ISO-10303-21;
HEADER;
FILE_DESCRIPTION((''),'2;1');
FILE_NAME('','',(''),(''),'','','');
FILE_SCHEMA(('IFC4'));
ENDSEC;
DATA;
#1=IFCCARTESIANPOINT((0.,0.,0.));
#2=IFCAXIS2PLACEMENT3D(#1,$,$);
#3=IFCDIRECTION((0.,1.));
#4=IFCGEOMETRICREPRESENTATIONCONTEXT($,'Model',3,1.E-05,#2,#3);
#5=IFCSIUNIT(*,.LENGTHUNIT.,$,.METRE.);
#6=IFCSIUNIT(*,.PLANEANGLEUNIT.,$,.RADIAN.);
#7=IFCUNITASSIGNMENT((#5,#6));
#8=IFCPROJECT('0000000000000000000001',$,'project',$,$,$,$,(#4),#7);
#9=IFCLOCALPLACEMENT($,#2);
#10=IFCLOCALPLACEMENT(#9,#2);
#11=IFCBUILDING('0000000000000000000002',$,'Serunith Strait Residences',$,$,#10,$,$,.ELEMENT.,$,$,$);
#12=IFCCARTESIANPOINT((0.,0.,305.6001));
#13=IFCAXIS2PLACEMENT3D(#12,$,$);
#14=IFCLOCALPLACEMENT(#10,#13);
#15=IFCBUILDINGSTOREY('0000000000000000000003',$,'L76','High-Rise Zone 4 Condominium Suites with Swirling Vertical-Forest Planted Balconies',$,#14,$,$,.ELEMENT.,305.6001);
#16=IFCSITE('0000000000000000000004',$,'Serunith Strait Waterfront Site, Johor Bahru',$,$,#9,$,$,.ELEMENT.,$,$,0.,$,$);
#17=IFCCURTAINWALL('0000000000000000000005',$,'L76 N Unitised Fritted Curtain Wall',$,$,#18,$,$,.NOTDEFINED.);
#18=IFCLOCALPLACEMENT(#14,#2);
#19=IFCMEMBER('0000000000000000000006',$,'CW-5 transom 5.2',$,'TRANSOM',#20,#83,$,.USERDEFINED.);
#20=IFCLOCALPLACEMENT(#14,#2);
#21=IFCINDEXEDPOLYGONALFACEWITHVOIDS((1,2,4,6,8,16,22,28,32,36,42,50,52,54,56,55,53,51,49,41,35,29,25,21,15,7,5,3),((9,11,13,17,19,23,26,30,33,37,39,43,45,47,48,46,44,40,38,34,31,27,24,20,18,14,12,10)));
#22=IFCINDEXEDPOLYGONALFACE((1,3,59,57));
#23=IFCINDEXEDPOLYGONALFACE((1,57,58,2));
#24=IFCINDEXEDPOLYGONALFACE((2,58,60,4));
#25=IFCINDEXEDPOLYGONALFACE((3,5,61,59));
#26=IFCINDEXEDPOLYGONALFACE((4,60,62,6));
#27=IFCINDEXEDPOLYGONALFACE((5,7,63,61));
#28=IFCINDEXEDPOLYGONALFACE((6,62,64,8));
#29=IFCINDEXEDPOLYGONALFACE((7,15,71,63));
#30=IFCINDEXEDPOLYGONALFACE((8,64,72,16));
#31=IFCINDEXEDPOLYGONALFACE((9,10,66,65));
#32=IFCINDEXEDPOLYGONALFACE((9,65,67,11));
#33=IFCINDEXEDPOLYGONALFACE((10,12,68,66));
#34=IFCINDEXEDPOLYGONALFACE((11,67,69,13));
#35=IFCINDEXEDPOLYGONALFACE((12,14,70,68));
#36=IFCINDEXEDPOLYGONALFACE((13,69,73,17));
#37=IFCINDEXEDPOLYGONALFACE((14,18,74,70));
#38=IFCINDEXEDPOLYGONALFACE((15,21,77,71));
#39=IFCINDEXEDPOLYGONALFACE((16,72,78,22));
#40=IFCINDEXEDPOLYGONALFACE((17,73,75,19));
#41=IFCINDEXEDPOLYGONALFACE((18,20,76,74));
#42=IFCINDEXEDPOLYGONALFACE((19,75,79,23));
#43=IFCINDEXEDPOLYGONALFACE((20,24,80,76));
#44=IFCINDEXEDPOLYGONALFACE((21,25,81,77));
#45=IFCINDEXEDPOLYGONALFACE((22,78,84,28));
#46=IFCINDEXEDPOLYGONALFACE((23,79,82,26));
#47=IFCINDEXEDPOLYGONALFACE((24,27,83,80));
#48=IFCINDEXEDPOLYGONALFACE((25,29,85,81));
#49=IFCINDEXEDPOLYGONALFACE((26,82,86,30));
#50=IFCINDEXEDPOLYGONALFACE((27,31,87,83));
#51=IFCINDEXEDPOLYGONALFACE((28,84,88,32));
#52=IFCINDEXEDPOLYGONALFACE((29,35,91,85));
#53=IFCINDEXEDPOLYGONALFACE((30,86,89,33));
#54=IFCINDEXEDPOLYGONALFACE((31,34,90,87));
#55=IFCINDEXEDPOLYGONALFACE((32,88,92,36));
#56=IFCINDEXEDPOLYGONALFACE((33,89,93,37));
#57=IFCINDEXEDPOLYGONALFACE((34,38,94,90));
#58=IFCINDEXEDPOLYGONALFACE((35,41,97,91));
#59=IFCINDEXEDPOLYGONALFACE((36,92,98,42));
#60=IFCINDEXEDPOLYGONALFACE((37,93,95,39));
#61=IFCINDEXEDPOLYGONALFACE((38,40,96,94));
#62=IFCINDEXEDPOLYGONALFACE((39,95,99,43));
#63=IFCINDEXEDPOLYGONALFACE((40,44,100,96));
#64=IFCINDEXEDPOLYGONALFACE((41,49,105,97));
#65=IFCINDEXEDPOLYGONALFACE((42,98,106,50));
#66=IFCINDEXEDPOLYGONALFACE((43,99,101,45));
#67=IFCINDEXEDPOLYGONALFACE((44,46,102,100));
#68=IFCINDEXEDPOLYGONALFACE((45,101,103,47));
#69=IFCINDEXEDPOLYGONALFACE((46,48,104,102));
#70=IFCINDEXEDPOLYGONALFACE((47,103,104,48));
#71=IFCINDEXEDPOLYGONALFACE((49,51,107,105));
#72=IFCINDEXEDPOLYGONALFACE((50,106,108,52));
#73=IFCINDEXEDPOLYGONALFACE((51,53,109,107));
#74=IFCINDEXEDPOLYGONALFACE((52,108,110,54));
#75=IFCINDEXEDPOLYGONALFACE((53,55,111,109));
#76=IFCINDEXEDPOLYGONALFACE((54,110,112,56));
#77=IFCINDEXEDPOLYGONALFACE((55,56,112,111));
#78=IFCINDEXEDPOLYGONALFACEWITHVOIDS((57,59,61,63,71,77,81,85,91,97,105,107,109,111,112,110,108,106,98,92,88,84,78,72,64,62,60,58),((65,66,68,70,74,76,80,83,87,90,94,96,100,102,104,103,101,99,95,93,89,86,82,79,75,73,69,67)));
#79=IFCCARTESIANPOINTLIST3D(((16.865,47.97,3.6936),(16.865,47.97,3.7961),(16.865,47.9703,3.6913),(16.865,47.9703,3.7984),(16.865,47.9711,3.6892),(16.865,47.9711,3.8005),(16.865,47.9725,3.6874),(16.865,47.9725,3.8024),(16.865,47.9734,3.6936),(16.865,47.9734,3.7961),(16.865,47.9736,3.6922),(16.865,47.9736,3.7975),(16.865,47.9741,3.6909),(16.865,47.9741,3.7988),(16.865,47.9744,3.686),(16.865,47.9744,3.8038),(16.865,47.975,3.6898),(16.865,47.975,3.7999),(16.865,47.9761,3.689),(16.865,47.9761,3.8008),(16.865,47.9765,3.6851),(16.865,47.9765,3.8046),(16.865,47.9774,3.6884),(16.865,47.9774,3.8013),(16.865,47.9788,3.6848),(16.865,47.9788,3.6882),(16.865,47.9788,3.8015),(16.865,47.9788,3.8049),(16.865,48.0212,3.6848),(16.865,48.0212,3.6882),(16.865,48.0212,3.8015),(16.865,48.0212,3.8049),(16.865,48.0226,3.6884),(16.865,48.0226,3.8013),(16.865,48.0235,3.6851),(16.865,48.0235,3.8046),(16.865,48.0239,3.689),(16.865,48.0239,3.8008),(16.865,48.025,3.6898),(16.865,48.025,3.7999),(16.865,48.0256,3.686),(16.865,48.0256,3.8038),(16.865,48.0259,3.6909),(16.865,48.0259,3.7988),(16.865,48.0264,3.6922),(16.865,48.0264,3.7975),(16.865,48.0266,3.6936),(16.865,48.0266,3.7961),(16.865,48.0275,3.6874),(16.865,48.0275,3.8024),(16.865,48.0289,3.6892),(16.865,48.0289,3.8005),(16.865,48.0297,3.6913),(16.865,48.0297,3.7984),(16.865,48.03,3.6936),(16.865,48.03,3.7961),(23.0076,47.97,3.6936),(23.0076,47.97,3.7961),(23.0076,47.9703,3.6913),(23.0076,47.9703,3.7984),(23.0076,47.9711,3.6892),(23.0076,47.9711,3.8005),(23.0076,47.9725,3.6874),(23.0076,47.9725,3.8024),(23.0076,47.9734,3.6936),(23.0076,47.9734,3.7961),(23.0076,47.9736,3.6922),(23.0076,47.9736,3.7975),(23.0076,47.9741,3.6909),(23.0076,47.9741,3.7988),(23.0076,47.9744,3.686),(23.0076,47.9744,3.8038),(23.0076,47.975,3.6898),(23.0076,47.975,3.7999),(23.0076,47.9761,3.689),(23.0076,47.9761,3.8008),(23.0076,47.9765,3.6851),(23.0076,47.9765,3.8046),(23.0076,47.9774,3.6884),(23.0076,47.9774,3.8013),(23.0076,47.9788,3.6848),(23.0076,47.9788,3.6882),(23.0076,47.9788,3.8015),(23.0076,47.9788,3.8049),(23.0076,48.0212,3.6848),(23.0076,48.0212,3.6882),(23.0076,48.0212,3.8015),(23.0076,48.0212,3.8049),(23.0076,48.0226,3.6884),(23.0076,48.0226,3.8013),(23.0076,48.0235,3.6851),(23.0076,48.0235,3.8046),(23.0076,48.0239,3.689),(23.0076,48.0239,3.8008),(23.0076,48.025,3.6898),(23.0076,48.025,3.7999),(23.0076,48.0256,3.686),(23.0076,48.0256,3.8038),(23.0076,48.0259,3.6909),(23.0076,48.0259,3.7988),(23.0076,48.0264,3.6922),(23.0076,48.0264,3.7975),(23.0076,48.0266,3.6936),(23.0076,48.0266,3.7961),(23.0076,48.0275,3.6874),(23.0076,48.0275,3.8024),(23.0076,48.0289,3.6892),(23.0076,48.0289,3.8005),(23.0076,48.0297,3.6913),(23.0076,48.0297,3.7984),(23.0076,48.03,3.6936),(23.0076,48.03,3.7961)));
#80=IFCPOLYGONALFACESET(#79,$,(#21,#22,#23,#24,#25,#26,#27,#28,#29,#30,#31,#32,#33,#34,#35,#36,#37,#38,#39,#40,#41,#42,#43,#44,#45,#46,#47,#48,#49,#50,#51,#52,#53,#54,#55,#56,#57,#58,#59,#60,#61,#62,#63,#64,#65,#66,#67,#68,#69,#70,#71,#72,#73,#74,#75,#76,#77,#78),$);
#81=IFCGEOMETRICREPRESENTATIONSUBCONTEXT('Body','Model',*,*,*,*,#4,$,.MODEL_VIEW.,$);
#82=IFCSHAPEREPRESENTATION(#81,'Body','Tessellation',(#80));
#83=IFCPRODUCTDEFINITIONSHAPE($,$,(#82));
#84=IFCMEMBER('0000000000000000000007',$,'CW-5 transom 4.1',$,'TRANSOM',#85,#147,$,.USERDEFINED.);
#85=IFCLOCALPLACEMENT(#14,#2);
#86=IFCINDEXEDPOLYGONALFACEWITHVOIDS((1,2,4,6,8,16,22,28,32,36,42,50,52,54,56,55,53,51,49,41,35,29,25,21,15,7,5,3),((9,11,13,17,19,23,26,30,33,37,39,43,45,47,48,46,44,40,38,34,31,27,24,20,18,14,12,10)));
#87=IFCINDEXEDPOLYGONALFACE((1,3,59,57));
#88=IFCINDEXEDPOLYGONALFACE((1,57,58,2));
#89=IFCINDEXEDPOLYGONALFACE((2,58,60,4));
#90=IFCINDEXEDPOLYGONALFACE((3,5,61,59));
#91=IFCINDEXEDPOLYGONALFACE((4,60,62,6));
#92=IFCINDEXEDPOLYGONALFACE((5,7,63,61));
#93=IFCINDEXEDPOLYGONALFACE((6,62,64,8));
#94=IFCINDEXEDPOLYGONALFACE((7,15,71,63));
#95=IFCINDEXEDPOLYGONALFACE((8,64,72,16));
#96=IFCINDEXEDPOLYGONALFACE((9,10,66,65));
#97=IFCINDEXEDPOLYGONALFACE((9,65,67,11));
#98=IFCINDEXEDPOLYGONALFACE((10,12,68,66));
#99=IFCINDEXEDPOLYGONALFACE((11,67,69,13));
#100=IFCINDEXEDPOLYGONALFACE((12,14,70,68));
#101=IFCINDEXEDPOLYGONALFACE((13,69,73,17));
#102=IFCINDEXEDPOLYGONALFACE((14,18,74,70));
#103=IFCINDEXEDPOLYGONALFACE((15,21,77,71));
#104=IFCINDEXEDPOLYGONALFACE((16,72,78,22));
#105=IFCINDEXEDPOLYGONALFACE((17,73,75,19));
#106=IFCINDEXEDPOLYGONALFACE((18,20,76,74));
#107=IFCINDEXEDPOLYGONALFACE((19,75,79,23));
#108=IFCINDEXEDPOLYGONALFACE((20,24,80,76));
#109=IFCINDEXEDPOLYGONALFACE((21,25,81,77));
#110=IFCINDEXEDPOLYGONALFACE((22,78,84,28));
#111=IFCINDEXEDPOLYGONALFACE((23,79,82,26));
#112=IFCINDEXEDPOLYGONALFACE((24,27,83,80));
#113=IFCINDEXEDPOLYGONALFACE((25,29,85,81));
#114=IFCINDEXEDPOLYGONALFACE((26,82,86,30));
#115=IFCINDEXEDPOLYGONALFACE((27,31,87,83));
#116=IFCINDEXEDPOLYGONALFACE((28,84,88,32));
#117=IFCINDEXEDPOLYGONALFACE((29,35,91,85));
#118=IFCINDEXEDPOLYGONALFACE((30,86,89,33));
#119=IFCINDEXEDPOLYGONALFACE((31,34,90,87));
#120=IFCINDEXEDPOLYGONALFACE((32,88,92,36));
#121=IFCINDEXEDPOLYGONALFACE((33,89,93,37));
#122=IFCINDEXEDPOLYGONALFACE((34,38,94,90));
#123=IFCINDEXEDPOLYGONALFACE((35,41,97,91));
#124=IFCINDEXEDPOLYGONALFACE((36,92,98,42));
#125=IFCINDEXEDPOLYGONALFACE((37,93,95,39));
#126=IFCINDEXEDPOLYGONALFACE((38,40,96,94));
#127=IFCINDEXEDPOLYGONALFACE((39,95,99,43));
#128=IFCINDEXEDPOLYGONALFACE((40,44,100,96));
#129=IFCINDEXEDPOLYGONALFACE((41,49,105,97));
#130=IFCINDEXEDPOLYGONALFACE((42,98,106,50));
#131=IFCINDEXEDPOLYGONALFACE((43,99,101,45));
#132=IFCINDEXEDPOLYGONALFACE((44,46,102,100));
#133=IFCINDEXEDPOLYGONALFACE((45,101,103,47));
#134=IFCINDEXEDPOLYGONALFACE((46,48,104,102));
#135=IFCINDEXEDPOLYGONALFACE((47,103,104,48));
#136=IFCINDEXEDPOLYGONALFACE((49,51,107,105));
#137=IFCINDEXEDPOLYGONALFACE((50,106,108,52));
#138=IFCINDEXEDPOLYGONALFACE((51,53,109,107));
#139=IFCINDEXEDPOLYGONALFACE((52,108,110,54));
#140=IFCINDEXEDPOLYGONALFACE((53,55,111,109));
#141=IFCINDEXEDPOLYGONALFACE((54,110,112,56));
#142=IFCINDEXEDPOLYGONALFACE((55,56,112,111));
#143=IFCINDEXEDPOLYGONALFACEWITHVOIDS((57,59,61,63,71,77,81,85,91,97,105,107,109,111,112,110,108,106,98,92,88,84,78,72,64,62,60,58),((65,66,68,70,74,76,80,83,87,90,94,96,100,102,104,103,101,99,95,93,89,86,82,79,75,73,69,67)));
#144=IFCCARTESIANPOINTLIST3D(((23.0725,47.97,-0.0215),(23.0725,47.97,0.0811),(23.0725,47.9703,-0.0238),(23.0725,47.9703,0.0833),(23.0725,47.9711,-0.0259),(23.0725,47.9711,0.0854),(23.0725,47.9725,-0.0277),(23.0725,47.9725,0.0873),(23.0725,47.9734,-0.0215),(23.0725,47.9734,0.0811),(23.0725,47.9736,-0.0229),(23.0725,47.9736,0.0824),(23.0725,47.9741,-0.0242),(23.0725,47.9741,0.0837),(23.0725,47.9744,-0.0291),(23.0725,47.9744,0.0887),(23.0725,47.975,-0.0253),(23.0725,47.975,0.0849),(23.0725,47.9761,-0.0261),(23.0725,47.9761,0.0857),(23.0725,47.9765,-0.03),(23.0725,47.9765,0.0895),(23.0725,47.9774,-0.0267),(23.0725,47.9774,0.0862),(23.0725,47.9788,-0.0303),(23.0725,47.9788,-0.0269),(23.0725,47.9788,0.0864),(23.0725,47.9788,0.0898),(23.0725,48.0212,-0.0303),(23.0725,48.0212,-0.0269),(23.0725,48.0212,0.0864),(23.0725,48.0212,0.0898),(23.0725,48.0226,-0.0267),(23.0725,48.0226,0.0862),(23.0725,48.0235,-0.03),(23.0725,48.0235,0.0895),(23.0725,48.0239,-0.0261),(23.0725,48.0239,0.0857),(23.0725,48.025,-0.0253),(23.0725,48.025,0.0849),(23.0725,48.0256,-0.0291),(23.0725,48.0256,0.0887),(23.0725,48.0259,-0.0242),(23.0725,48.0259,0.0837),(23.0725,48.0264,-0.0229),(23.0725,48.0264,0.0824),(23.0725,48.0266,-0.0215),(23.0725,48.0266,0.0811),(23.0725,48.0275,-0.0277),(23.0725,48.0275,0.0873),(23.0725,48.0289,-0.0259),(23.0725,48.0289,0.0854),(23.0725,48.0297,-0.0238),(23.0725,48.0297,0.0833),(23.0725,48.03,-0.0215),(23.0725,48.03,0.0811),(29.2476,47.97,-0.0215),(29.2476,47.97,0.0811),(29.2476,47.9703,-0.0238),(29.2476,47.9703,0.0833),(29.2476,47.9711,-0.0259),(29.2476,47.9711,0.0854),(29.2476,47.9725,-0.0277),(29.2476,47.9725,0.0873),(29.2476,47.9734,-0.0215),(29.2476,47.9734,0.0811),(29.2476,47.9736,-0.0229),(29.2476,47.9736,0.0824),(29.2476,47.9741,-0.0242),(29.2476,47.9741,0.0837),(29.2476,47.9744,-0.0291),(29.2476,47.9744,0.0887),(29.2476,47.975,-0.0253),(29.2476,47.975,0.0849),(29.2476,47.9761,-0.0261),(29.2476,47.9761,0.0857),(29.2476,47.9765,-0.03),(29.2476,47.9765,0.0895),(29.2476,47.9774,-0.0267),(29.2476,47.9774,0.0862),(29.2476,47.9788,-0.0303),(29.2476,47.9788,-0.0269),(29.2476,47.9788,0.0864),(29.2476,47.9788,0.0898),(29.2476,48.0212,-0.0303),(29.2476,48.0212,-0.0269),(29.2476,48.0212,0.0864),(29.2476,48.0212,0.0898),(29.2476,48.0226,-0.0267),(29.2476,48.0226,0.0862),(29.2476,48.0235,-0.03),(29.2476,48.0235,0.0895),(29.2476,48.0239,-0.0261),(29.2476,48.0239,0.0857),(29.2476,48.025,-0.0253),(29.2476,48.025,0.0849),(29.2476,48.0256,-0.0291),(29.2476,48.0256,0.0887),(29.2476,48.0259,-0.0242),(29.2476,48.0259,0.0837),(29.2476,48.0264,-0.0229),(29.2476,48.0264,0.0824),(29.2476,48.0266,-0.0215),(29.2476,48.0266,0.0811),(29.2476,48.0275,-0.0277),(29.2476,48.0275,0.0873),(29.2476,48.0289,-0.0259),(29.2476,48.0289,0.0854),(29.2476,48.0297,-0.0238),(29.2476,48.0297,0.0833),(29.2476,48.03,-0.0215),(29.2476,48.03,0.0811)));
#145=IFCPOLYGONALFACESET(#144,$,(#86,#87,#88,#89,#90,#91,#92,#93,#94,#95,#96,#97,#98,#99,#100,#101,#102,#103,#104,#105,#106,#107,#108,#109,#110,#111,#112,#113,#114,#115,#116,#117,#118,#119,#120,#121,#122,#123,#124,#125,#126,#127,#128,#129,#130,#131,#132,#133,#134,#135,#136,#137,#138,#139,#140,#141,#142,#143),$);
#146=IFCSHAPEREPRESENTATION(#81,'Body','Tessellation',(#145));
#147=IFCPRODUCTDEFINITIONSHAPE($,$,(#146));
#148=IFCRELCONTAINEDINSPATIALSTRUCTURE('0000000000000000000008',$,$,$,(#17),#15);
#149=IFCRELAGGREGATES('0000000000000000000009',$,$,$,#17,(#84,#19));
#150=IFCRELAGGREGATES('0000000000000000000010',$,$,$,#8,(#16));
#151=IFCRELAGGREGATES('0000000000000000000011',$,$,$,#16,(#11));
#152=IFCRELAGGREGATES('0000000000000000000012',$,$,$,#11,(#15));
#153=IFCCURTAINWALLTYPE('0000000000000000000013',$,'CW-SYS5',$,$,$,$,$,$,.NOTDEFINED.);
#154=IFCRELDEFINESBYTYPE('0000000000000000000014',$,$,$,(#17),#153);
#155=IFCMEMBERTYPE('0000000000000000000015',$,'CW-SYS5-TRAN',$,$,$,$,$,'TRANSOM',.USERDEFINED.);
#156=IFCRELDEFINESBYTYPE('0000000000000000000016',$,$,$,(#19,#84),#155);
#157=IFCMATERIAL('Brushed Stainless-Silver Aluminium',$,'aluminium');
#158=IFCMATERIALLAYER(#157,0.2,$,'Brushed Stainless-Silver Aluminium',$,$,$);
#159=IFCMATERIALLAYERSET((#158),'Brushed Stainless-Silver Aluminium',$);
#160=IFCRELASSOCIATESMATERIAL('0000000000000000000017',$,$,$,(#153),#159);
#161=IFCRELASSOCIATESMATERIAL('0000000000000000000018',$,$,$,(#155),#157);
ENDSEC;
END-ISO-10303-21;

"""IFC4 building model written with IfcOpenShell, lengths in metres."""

from ifc_helpers import new_model, si_unit, direction, frame, origin, origin_2d, place, context, subcontext, project, spatial, hollow_rectangle, extrude, source, transform, mapped, material, layer, layer_set, material_profile, profile_set, type_object, element, aggregate, save


model = new_model("IFC4")

# Units and contexts
model_context = context("Model", 3, precision=1e-05, world=origin(), true_north=direction((0.0, 1.0)))
body_context = subcontext(model_context, "Body", "Model", "MODEL_VIEW")
ifc_project = project(units=[si_unit("LENGTHUNIT", "METRE"), si_unit("PLANEANGLEUNIT", "RADIAN")], contexts=[model_context])

# Site, building, storey
site_placement = place(None, origin())
site = spatial("IfcSite", under=ifc_project, at=site_placement, Name="Serunith Strait Waterfront Site, Johor Bahru", CompositionType="ELEMENT", RefElevation=0.0)
building_placement = place(site_placement, origin())
building = spatial("IfcBuilding", under=site, at=building_placement, Name="Serunith Strait Residences", CompositionType="ELEMENT")
storey_placement = place(building_placement, frame((0.0, 0.0, 305.6001)))
storey = spatial("IfcBuildingStorey", under=building, at=storey_placement, Name="L76", Description="High-Rise Zone 4 Condominium Suites with Swirling Vertical-Forest Planted Balconies", CompositionType="ELEMENT", Elevation=305.6001)

# Curtain wall, members
ifc_material_1 = material(Name="Brushed Stainless-Silver Aluminium", Category="aluminium")
ifc_layer_1 = layer(ifc_material_1, 0.2, Name="Brushed Stainless-Silver Aluminium")
ifc_layer_set_1 = layer_set([ifc_layer_1], Name="Brushed Stainless-Silver Aluminium")
curtain_wall_type = type_object("IfcCurtainWallType", Name="CW-SYS5", PredefinedType="NOTDEFINED", material=ifc_layer_set_1)
curtain_wall_placement = place(storey_placement, origin())
curtain_wall = element("IfcCurtainWall", 1, at=curtain_wall_placement, inside=storey, type_object=curtain_wall_type, Name="L76 N Unitised Fritted Curtain Wall", PredefinedType="NOTDEFINED")
ifc_material_profile_1 = material_profile(ifc_material_1, hollow_rectangle(XDim=0.0601, YDim=0.1201, WallThickness=0.0034, InnerFilletRadius=0.0054, OuterFilletRadius=0.0088, at=origin_2d()), Name="ALU 120x60x3.5")
ifc_profile_set_1 = profile_set([ifc_material_profile_1], Name="Brushed Stainless-Silver Aluminium")
member_type_1 = type_object("IfcMemberType", Name="CW-SYS5-TRAN", ElementType="TRANSOM", PredefinedType="USERDEFINED", material=ifc_profile_set_1)
shared_shape_1 = source(origin(), body_context, "Body", "SweptSolid", [
    extrude(hollow_rectangle(XDim=0.0601, YDim=0.1201, WallThickness=0.0034, InnerFilletRadius=0.0054, OuterFilletRadius=0.0088, at=origin_2d()), origin(), (0.0, 0.0, 1.0), 6.1426),
])
member_1_placement = place(storey_placement, frame((23.0076, 48.0, 3.7449), z_axis=(-1.0, 0.0, 0.0), x_axis=(0.0, -1.0, 0.0)))
member_1 = element("IfcMember", 2, at=member_1_placement, type_object=member_type_1, Name="CW-5 transom 5.2", ObjectType="TRANSOM", PredefinedType="USERDEFINED", context=body_context, shape_type="MappedRepresentation", body=[
    mapped(shared_shape_1, transform((0.0, 0.0, 0.0), scale=1.0)),
])
shared_shape_2 = source(origin(), body_context, "Body", "SweptSolid", [
    extrude(hollow_rectangle(XDim=0.0601, YDim=0.1201, WallThickness=0.0034, InnerFilletRadius=0.0054, OuterFilletRadius=0.0088, at=origin_2d()), origin(), (0.0, 0.0, 1.0), 6.175),
])
member_2_placement = place(storey_placement, frame((29.2476, 48.0, 0.0298), z_axis=(-1.0, 0.0, 0.0), x_axis=(0.0, -1.0, 0.0)))
member_2 = element("IfcMember", 3, at=member_2_placement, type_object=member_type_1, Name="CW-5 transom 4.1", ObjectType="TRANSOM", PredefinedType="USERDEFINED", context=body_context, shape_type="MappedRepresentation", body=[
    mapped(shared_shape_2, transform((0.0, 0.0, 0.0), scale=1.0)),
])
aggregate(curtain_wall, [member_2, member_1])

save(model, "model.ifc")
